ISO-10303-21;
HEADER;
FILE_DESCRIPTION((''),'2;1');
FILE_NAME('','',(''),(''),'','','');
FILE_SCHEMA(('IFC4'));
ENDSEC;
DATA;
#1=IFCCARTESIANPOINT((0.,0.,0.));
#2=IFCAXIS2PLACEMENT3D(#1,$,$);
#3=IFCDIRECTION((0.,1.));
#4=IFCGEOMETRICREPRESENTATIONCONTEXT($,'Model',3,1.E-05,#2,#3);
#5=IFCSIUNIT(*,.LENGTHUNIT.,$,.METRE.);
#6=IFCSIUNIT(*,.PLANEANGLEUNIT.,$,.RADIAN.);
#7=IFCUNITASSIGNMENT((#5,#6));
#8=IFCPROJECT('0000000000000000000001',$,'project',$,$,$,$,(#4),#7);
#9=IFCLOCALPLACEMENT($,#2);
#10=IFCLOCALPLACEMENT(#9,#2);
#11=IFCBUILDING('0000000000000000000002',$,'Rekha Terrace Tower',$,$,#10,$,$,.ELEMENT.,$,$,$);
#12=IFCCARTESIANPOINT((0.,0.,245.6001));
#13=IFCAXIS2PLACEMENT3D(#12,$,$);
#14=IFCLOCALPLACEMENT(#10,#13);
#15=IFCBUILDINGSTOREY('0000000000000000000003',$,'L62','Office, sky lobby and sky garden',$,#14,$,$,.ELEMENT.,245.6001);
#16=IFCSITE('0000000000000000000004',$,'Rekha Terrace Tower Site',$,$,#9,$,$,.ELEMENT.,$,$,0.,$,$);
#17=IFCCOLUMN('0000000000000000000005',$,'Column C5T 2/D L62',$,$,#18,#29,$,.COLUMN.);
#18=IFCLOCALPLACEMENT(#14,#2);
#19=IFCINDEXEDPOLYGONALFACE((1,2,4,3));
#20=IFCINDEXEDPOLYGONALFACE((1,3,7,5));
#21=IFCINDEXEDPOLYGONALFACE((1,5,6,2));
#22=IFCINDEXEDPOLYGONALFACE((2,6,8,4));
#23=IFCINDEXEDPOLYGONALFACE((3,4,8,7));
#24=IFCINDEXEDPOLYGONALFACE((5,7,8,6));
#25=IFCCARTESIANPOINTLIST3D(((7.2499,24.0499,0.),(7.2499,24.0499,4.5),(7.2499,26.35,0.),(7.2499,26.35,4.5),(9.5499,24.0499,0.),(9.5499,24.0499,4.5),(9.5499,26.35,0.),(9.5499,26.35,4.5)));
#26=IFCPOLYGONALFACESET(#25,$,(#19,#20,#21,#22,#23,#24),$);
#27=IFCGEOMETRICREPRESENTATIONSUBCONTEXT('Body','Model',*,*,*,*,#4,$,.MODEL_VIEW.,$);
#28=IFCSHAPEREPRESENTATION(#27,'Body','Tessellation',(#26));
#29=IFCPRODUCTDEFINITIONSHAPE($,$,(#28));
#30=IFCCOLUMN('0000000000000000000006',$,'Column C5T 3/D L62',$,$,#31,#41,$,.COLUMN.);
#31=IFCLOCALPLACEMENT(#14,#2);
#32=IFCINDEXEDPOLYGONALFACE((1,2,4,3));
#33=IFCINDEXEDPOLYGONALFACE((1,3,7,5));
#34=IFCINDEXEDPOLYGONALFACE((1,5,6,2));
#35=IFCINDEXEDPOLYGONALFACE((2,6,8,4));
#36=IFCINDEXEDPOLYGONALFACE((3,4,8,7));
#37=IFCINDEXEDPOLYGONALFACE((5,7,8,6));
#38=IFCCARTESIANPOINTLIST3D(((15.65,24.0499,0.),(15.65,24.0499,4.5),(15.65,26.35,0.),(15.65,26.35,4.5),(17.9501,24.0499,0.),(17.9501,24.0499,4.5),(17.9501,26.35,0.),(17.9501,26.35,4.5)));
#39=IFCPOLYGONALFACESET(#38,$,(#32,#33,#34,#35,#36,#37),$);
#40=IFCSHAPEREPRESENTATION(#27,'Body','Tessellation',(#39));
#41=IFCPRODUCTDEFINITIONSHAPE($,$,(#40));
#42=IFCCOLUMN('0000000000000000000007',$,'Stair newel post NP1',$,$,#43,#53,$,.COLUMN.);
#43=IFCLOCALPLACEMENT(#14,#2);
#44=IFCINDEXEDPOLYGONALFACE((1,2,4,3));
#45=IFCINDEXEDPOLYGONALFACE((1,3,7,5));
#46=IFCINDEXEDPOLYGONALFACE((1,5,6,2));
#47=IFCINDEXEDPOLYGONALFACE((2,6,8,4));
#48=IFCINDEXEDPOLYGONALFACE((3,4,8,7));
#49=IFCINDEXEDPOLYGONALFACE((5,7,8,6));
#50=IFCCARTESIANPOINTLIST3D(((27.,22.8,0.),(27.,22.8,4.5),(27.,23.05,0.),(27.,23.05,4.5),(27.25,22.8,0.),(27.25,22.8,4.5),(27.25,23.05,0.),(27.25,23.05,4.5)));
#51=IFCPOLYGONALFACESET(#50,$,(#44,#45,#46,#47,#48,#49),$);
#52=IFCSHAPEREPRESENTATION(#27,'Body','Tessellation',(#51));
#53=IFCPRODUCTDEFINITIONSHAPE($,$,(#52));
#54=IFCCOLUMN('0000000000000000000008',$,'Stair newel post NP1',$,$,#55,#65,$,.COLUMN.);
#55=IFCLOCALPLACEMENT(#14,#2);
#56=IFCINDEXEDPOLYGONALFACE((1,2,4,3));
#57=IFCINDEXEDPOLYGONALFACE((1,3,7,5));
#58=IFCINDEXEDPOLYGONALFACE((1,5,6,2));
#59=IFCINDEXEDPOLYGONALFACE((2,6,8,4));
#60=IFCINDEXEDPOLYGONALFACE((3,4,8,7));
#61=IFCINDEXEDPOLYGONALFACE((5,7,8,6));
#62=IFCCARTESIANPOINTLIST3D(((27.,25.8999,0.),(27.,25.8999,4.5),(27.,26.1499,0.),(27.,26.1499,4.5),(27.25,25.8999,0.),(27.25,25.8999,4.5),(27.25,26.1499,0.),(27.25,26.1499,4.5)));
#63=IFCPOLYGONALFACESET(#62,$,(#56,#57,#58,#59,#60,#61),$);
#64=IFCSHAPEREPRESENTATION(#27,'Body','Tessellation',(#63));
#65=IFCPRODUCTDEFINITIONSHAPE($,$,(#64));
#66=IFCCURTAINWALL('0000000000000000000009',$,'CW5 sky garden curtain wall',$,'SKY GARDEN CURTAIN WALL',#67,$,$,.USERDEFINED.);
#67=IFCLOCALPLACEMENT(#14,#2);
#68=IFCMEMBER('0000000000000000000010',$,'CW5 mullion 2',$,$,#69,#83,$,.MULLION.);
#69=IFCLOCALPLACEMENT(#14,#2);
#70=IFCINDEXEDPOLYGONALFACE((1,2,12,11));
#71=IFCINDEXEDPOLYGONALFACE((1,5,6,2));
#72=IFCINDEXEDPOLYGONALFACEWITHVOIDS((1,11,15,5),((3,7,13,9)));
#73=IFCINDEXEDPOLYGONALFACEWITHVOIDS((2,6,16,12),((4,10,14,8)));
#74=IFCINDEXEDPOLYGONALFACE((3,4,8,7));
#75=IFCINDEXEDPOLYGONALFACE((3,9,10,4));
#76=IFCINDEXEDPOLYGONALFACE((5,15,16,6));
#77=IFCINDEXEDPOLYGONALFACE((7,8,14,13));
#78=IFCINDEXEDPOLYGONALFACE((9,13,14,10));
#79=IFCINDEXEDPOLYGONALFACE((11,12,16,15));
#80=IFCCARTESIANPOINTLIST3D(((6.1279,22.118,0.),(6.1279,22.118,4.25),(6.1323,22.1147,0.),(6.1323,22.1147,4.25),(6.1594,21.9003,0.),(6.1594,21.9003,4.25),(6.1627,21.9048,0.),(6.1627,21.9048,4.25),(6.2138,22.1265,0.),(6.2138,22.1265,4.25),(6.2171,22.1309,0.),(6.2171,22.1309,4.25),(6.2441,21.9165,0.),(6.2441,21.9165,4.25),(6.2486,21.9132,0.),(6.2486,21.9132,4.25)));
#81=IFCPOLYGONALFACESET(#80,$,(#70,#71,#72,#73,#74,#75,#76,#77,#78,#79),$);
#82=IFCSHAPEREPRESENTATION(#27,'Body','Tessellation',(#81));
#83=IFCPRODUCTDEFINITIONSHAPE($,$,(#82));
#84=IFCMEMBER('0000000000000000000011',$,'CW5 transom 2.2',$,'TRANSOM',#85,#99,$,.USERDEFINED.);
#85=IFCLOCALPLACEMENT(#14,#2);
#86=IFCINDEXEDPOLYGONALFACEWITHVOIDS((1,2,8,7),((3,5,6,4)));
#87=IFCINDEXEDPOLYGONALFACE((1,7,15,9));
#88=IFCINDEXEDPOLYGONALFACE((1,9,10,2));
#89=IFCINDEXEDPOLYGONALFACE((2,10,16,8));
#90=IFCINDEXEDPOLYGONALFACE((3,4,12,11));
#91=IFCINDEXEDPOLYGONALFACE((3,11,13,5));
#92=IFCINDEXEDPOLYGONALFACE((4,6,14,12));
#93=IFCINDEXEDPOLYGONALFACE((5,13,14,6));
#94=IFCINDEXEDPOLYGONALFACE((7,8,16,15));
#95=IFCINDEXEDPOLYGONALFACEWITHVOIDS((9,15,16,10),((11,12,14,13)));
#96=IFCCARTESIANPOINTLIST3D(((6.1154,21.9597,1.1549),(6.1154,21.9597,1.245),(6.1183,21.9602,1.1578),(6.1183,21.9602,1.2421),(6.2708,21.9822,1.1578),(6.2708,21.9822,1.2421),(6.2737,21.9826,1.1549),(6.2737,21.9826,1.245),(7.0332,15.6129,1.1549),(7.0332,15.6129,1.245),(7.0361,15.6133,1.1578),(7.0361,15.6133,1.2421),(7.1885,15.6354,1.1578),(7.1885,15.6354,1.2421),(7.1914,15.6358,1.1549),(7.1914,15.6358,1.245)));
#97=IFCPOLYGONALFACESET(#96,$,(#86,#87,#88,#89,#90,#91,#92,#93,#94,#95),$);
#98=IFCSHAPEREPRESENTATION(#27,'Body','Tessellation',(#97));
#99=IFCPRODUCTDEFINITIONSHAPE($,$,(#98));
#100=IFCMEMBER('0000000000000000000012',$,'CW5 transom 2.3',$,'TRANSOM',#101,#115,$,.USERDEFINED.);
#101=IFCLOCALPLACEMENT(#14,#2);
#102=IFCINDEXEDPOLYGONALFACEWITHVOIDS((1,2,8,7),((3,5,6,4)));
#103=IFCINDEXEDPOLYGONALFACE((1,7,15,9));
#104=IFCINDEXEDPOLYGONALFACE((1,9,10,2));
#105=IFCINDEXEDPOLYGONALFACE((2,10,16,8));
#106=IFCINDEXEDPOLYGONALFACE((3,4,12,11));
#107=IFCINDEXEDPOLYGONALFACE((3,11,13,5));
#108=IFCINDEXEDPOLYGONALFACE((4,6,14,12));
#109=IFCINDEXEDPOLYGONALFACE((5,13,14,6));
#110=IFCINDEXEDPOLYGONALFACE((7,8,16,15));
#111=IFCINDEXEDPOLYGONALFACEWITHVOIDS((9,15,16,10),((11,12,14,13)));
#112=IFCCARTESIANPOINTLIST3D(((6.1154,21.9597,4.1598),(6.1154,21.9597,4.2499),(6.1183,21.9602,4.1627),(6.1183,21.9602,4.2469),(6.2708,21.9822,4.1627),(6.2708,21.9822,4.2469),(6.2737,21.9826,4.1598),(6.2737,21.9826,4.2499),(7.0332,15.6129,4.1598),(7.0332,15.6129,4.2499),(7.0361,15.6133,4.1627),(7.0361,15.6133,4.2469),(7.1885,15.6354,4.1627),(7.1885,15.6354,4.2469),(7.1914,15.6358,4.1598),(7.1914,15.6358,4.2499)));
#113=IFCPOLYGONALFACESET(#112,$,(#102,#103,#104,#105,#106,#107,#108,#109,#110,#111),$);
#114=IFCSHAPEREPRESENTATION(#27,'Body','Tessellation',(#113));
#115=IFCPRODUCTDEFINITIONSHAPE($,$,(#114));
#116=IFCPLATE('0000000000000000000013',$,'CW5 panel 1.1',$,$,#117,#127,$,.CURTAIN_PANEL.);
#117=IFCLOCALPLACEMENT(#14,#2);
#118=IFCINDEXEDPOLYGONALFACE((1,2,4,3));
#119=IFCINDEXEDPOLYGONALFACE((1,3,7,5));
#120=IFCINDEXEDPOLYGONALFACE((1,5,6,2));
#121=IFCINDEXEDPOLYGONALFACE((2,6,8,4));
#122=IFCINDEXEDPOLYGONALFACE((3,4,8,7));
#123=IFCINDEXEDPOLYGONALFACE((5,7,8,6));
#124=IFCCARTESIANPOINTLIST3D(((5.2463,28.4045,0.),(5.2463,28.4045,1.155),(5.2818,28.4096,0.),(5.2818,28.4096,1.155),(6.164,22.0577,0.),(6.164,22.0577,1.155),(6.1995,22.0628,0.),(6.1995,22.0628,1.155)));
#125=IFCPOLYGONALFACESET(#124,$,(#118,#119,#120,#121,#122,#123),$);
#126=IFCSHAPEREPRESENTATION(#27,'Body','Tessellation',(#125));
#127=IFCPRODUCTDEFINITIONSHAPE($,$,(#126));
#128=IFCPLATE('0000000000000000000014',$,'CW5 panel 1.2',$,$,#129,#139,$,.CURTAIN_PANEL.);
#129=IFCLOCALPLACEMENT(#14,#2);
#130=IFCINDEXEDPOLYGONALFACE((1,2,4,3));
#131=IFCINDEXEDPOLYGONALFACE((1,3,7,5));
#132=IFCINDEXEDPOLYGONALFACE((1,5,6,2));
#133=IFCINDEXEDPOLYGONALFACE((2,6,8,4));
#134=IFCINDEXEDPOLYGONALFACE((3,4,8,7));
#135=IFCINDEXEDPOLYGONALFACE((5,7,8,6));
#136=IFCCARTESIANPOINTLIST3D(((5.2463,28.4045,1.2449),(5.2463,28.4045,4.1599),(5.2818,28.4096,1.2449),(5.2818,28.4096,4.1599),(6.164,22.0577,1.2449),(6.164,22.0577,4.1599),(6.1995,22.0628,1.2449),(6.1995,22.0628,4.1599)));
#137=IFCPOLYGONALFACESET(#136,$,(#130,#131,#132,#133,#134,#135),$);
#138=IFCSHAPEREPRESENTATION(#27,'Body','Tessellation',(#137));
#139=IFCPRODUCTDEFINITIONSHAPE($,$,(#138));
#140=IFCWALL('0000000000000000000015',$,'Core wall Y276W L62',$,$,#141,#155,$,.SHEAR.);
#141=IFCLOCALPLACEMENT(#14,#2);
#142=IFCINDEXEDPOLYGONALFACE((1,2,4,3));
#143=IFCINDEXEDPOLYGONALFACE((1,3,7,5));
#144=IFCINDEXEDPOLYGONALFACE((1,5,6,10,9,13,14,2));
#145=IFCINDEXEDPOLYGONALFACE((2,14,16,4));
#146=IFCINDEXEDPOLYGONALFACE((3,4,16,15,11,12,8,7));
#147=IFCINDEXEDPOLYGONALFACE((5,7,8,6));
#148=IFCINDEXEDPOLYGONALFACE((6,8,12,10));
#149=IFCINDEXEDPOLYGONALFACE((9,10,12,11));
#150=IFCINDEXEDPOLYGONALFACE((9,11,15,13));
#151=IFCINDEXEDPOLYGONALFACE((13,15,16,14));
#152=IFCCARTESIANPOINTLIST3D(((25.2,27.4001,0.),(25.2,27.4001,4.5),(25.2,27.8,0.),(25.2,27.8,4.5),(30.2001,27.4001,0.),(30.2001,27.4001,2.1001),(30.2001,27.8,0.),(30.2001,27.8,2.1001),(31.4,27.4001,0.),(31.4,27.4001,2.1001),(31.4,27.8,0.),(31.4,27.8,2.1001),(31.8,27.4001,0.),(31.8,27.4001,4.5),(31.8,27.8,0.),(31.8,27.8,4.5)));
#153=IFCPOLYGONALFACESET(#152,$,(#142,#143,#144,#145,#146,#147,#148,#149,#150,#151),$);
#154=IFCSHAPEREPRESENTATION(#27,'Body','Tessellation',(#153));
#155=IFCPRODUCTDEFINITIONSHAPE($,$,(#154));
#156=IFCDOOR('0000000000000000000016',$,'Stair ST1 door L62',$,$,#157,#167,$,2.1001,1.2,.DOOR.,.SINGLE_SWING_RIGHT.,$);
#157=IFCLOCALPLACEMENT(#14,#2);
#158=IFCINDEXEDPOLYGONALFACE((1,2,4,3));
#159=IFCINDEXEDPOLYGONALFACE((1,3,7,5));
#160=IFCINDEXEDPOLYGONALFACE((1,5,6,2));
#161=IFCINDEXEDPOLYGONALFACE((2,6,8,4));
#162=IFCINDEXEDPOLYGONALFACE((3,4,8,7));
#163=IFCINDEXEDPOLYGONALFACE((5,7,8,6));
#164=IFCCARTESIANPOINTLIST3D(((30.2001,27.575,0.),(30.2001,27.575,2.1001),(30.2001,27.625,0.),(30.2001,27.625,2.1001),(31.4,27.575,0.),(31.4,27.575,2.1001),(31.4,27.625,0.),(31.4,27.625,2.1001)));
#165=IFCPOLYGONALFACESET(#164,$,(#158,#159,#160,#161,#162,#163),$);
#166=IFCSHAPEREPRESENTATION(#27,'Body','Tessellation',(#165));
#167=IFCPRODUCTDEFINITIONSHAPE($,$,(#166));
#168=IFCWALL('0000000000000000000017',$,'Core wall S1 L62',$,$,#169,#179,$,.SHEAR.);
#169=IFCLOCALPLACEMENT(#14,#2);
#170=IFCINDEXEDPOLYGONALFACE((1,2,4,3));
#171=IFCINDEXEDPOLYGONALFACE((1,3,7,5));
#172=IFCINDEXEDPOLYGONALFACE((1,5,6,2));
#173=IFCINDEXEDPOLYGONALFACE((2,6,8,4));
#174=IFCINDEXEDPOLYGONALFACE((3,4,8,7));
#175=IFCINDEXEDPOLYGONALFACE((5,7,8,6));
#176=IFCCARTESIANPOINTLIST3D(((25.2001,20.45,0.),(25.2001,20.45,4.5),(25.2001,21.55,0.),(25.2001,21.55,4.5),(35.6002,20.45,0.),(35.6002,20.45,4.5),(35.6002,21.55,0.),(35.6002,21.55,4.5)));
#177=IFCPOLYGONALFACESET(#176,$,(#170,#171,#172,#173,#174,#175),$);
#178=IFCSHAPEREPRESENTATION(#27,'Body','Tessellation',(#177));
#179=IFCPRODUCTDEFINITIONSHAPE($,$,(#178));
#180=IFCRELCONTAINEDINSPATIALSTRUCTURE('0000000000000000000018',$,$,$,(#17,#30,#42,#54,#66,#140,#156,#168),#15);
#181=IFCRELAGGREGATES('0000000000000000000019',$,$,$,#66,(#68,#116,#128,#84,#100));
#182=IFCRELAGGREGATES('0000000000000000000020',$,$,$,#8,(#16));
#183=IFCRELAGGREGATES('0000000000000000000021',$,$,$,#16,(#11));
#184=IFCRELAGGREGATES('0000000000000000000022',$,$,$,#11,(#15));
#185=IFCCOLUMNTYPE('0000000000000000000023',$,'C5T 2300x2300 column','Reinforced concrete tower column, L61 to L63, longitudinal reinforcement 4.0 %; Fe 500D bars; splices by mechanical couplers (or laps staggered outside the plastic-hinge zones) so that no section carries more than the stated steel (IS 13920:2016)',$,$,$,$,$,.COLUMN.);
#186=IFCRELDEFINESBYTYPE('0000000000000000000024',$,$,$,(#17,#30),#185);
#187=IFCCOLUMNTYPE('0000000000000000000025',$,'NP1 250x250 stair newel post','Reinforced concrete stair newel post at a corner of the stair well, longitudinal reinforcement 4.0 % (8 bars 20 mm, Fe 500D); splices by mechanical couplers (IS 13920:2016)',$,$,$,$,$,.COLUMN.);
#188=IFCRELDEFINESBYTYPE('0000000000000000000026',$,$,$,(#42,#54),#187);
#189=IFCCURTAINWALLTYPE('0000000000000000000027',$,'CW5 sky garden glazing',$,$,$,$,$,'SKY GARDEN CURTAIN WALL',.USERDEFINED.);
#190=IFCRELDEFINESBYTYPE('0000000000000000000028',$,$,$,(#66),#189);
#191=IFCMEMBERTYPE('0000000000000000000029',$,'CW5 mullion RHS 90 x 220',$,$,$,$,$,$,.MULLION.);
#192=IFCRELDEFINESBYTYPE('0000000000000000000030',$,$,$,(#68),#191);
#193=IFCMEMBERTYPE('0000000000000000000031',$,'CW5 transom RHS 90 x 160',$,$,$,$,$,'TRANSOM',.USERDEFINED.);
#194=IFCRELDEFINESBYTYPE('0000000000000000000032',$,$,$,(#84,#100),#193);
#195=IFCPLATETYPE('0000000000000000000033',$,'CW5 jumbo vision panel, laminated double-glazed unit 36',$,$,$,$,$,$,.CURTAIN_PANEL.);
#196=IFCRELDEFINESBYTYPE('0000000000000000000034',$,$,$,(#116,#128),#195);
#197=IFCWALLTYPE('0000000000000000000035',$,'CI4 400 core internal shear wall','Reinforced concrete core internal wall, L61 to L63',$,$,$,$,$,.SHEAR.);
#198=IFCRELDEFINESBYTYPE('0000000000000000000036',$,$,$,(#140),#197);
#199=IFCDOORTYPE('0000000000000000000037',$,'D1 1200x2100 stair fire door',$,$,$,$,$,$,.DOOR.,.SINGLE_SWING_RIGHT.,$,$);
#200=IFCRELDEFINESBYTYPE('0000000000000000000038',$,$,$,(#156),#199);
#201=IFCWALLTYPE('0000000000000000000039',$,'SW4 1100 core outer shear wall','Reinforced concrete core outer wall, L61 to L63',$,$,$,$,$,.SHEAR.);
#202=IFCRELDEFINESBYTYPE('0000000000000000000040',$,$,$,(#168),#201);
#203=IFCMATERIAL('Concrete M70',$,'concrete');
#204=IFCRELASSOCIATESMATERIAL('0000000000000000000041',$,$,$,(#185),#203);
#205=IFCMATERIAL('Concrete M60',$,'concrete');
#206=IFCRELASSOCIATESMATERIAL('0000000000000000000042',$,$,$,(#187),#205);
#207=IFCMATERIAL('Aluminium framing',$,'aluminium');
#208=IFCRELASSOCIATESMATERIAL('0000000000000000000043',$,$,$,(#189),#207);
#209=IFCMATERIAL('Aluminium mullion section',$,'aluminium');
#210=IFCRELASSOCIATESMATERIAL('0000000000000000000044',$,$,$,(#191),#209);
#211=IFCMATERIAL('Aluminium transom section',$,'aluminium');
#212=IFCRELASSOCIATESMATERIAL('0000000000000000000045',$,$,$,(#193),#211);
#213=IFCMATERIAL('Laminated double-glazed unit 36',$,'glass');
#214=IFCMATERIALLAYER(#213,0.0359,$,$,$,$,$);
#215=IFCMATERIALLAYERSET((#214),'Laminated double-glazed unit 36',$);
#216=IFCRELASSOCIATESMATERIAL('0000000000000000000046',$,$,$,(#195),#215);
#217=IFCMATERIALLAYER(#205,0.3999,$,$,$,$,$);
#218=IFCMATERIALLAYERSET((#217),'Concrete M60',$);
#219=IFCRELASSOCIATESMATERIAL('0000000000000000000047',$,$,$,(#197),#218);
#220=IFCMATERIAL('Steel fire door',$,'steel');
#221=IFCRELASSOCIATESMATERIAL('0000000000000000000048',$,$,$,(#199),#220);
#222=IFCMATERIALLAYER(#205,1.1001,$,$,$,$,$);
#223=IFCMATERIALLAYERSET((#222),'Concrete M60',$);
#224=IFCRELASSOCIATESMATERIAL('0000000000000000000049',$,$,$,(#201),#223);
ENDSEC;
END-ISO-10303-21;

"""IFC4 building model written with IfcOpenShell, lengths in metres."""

from ifc_helpers import new_model, si_unit, direction, frame, frame_2d, origin, origin_2d, place, context, subcontext, project, spatial, rectangle, hollow_rectangle, extrude, material, layer, layer_set, material_profile, profile_set, type_object, element, fill, aggregate, save


model = new_model("IFC4")

# Units and contexts
model_context = context("Model", 3, precision=1e-05, world=origin(), true_north=direction((0.0, 1.0)))
body_context = subcontext(model_context, "Body", "Model", "MODEL_VIEW")
ifc_project = project(units=[si_unit("LENGTHUNIT", "METRE"), si_unit("PLANEANGLEUNIT", "RADIAN")], contexts=[model_context])

# Site, building, storey
site_placement = place(None, origin())
site = spatial("IfcSite", under=ifc_project, at=site_placement, Name="Rekha Terrace Tower Site", CompositionType="ELEMENT", RefElevation=0.0)
building_placement = place(site_placement, origin())
building = spatial("IfcBuilding", under=site, at=building_placement, Name="Rekha Terrace Tower", CompositionType="ELEMENT")
storey_placement = place(building_placement, frame((0.0, 0.0, 245.6001)))
storey = spatial("IfcBuildingStorey", under=building, at=storey_placement, Name="L62", Description="Office, sky lobby and sky garden", CompositionType="ELEMENT", Elevation=245.6001)

# Columns
ifc_material_1 = material(Name="Concrete M70", Category="concrete")
ifc_material_profile_1 = material_profile(ifc_material_1, rectangle(XDim=2.3, YDim=2.3, at=origin_2d()), Name="RC 2300x2300")
ifc_profile_set_1 = profile_set([ifc_material_profile_1], Name="Concrete M70")
column_type_1 = type_object("IfcColumnType", Name="C5T 2300x2300 column", Description="Reinforced concrete tower column, L61 to L63, longitudinal reinforcement 4.0 %; Fe 500D bars; splices by mechanical couplers (or laps staggered outside the plastic-hinge zones) so that no section carries more than the stated steel (IS 13920:2016)", PredefinedType="COLUMN", material=ifc_profile_set_1)
for number, where, z_axis, x_axis, name in (
    (1, (8.3999, 25.2, 0.0), (0.0, 0.0, 1.0), (1.0, 0.0, 0.0), "Column C5T 2/D L62"),
    (2, (16.8, 25.2, 0.0), (0.0, 0.0, 1.0), (1.0, 0.0, 0.0), "Column C5T 3/D L62"),
):
    element("IfcColumn", number, at=place(storey_placement, frame(where, z_axis=z_axis, x_axis=x_axis)), inside=storey, type_object=column_type_1, Name=name, PredefinedType="COLUMN", context=body_context, shape_type="SweptSolid", body=[
        extrude(rectangle(XDim=2.3, YDim=2.3, at=origin_2d()), origin(), (0.0, 0.0, 1.0), 4.5),
    ])
ifc_material_2 = material(Name="Concrete M60", Category="concrete")
ifc_material_profile_2 = material_profile(ifc_material_2, rectangle(XDim=0.25, YDim=0.25, at=origin_2d()), Name="RC 250x250")
ifc_profile_set_2 = profile_set([ifc_material_profile_2], Name="Concrete M60")
column_type_2 = type_object("IfcColumnType", Name="NP1 250x250 stair newel post", Description="Reinforced concrete stair newel post at a corner of the stair well, longitudinal reinforcement 4.0 % (8 bars 20 mm, Fe 500D); splices by mechanical couplers (IS 13920:2016)", PredefinedType="COLUMN", material=ifc_profile_set_2)
for number, where, z_axis, x_axis, name in (
    (3, (27.125, 22.925, 0.0), (0.0, 0.0, 1.0), (1.0, 0.0, 0.0), "Stair newel post NP1"),
    (4, (27.125, 26.0249, 0.0), (0.0, 0.0, 1.0), (1.0, 0.0, 0.0), "Stair newel post NP1"),
):
    element("IfcColumn", number, at=place(storey_placement, frame(where, z_axis=z_axis, x_axis=x_axis)), inside=storey, type_object=column_type_2, Name=name, PredefinedType="COLUMN", context=body_context, shape_type="SweptSolid", body=[
        extrude(rectangle(XDim=0.25, YDim=0.25, at=origin_2d()), origin(), (0.0, 0.0, 1.0), 4.5),
    ])

# Curtain wall, members, plates
ifc_material_3 = material(Name="Aluminium framing", Category="aluminium")
curtain_wall_type = type_object("IfcCurtainWallType", Name="CW5 sky garden glazing", ElementType="SKY GARDEN CURTAIN WALL", PredefinedType="USERDEFINED", material=ifc_material_3)
curtain_wall_placement = place(storey_placement, origin())
curtain_wall = element("IfcCurtainWall", 5, at=curtain_wall_placement, inside=storey, type_object=curtain_wall_type, Name="CW5 sky garden curtain wall", ObjectType="SKY GARDEN CURTAIN WALL", PredefinedType="USERDEFINED")
ifc_material_4 = material(Name="Aluminium mullion section", Category="aluminium")
ifc_material_profile_3 = material_profile(ifc_material_4, hollow_rectangle(XDim=0.0901, YDim=0.22, WallThickness=0.0039, at=origin_2d()), Name="AL RHS 90x220")
ifc_profile_set_3 = profile_set([ifc_material_profile_3], Name="Aluminium mullion section")
member_type_1 = type_object("IfcMemberType", Name="CW5 mullion RHS 90 x 220", PredefinedType="MULLION", material=ifc_profile_set_3)
member_1_placement = place(storey_placement, frame((6.1882, 22.0156, 0.0), z_axis=(0.0, 0.0, 1.0), x_axis=(0.989707, 0.143108, 0.0)))
member_1 = element("IfcMember", 6, at=member_1_placement, type_object=member_type_1, Name="CW5 mullion 2", PredefinedType="MULLION", context=body_context, shape_type="SweptSolid", body=[
    extrude(hollow_rectangle(XDim=0.0901, YDim=0.22, WallThickness=0.0039, at=origin_2d()), origin(), (0.0, 0.0, 1.0), 4.25),
])
ifc_material_5 = material(Name="Aluminium transom section", Category="aluminium")
ifc_material_profile_4 = material_profile(ifc_material_5, hollow_rectangle(XDim=0.1599, YDim=0.0901, WallThickness=0.0029, at=origin_2d()), Name="AL RHS 160x90")
ifc_profile_set_4 = profile_set([ifc_material_profile_4], Name="Aluminium transom section")
member_type_2 = type_object("IfcMemberType", Name="CW5 transom RHS 90 x 160", ElementType="TRANSOM", PredefinedType="USERDEFINED", material=ifc_profile_set_4)
member_2_placement = place(storey_placement, frame((6.1946, 21.9712, 1.2), z_axis=(0.143105, -0.989707, 0.0), x_axis=(0.989707, 0.143105, 0.0)))
member_2 = element("IfcMember", 7, at=member_2_placement, type_object=member_type_2, Name="CW5 transom 2.2", ObjectType="TRANSOM", PredefinedType="USERDEFINED", context=body_context, shape_type="SweptSolid", body=[
    extrude(hollow_rectangle(XDim=0.1599, YDim=0.0901, WallThickness=0.0029, at=origin_2d()), origin(), (0.0, 0.0, 1.0), 6.4128),
])
member_3_placement = place(storey_placement, frame((6.1946, 21.9712, 4.2048), z_axis=(0.143105, -0.989707, 0.0), x_axis=(0.989707, 0.143105, 0.0)))
member_3 = element("IfcMember", 8, at=member_3_placement, type_object=member_type_2, Name="CW5 transom 2.3", ObjectType="TRANSOM", PredefinedType="USERDEFINED", context=body_context, shape_type="SweptSolid", body=[
    extrude(hollow_rectangle(XDim=0.1599, YDim=0.0901, WallThickness=0.0029, at=origin_2d()), origin(), (0.0, 0.0, 1.0), 6.4128),
])
ifc_material_6 = material(Name="Laminated double-glazed unit 36", Category="glass")
ifc_layer_1 = layer(ifc_material_6, 0.0359)
ifc_layer_set_1 = layer_set([ifc_layer_1], Name="Laminated double-glazed unit 36")
plate_type = type_object("IfcPlateType", Name="CW5 jumbo vision panel, laminated double-glazed unit 36", PredefinedType="CURTAIN_PANEL", material=ifc_layer_set_1)
plate_1_placement = place(storey_placement, frame((5.7229, 25.2336, 0.0), z_axis=(0.0, 0.0, 1.0), x_axis=(0.143108, -0.989707, 0.0)))
plate_1 = element("IfcPlate", 9, at=plate_1_placement, type_object=plate_type, Name="CW5 panel 1.1", PredefinedType="CURTAIN_PANEL", context=body_context, shape_type="SweptSolid", body=[
    extrude(rectangle(XDim=6.4128, YDim=0.0359, at=origin_2d()), origin(), (0.0, 0.0, 1.0), 1.155),
])
plate_2_placement = place(storey_placement, frame((5.7229, 25.2336, 1.2449), z_axis=(0.0, 0.0, 1.0), x_axis=(0.143108, -0.989707, 0.0)))
plate_2 = element("IfcPlate", 10, at=plate_2_placement, type_object=plate_type, Name="CW5 panel 1.2", PredefinedType="CURTAIN_PANEL", context=body_context, shape_type="SweptSolid", body=[
    extrude(rectangle(XDim=6.4128, YDim=0.0359, at=origin_2d()), origin(), (0.0, 0.0, 1.0), 2.915),
])
aggregate(curtain_wall, [member_1, plate_1, plate_2, member_2, member_3])

# Wall, opening, door
ifc_layer_2 = layer(ifc_material_2, 0.3999)
ifc_layer_set_2 = layer_set([ifc_layer_2], Name="Concrete M60")
wall_type_1 = type_object("IfcWallType", Name="CI4 400 core internal shear wall", Description="Reinforced concrete core internal wall, L61 to L63", PredefinedType="SHEAR", material=ifc_layer_set_2)
wall_1_placement = place(storey_placement, frame((25.2, 27.6001, 0.0), z_axis=(0.0, 0.0, 1.0), x_axis=(1.0, 0.0, 0.0)))
wall_1 = element("IfcWall", 11, at=wall_1_placement, inside=storey, type_object=wall_type_1, Name="Core wall Y276W L62", PredefinedType="SHEAR", context=body_context, shape_type="SweptSolid", body=[
    extrude(rectangle(XDim=6.6001, YDim=0.3999, at=frame_2d((3.3, 0.0))), origin(), (0.0, 0.0, 1.0), 4.5),
])
opening_1_placement = place(wall_1_placement, frame((5.0, 0.0, 0.0)))
opening_1 = element("IfcOpeningElement", 12, at=opening_1_placement, cuts=wall_1, PredefinedType="OPENING", context=body_context, shape_type="SweptSolid", body=[
    extrude(rectangle(XDim=1.2, YDim=2.1001, at=frame_2d((0.6001, 1.05))), frame((0.0, 0.21, 0.0), z_axis=(0.0, -1.0, 0.0), x_axis=(1.0, 0.0, 0.0)), (0.0, 0.0, 1.0), 0.4199),
])
ifc_material_7 = material(Name="Steel fire door", Category="steel")
door_type_1 = type_object("IfcDoorType", Name="D1 1200x2100 stair fire door", OperationType="SINGLE_SWING_RIGHT", PredefinedType="DOOR", material=ifc_material_7)
door_1_placement = place(opening_1_placement, origin())
door_1 = element("IfcDoor", 13, at=door_1_placement, inside=storey, type_object=door_type_1, Name="Stair ST1 door L62", OperationType="SINGLE_SWING_RIGHT", OverallHeight=2.1001, OverallWidth=1.2, PredefinedType="DOOR", context=body_context, shape_type="SweptSolid", body=[
    extrude(rectangle(XDim=1.2, YDim=2.1001, at=frame_2d((0.6001, 1.05))), frame((0.0, 0.0249, 0.0), z_axis=(0.0, -1.0, 0.0), x_axis=(1.0, 0.0, 0.0)), (0.0, 0.0, 1.0), 0.05),
])
fill(opening_1, door_1)

# Wall
ifc_layer_3 = layer(ifc_material_2, 1.1001)
ifc_layer_set_3 = layer_set([ifc_layer_3], Name="Concrete M60")
wall_type_2 = type_object("IfcWallType", Name="SW4 1100 core outer shear wall", Description="Reinforced concrete core outer wall, L61 to L63", PredefinedType="SHEAR", material=ifc_layer_set_3)
wall_2_placement = place(storey_placement, frame((25.2, 21.0, 0.0), z_axis=(0.0, 0.0, 1.0), x_axis=(1.0, 0.0, 0.0)))
element("IfcWall", 14, at=wall_2_placement, inside=storey, type_object=wall_type_2, Name="Core wall S1 L62", PredefinedType="SHEAR", context=body_context, shape_type="SweptSolid", body=[
    extrude(rectangle(XDim=10.4001, YDim=1.1001, at=frame_2d((5.2002, 0.0))), origin(), (0.0, 0.0, 1.0), 4.5),
])

save(model, "model.ifc")
